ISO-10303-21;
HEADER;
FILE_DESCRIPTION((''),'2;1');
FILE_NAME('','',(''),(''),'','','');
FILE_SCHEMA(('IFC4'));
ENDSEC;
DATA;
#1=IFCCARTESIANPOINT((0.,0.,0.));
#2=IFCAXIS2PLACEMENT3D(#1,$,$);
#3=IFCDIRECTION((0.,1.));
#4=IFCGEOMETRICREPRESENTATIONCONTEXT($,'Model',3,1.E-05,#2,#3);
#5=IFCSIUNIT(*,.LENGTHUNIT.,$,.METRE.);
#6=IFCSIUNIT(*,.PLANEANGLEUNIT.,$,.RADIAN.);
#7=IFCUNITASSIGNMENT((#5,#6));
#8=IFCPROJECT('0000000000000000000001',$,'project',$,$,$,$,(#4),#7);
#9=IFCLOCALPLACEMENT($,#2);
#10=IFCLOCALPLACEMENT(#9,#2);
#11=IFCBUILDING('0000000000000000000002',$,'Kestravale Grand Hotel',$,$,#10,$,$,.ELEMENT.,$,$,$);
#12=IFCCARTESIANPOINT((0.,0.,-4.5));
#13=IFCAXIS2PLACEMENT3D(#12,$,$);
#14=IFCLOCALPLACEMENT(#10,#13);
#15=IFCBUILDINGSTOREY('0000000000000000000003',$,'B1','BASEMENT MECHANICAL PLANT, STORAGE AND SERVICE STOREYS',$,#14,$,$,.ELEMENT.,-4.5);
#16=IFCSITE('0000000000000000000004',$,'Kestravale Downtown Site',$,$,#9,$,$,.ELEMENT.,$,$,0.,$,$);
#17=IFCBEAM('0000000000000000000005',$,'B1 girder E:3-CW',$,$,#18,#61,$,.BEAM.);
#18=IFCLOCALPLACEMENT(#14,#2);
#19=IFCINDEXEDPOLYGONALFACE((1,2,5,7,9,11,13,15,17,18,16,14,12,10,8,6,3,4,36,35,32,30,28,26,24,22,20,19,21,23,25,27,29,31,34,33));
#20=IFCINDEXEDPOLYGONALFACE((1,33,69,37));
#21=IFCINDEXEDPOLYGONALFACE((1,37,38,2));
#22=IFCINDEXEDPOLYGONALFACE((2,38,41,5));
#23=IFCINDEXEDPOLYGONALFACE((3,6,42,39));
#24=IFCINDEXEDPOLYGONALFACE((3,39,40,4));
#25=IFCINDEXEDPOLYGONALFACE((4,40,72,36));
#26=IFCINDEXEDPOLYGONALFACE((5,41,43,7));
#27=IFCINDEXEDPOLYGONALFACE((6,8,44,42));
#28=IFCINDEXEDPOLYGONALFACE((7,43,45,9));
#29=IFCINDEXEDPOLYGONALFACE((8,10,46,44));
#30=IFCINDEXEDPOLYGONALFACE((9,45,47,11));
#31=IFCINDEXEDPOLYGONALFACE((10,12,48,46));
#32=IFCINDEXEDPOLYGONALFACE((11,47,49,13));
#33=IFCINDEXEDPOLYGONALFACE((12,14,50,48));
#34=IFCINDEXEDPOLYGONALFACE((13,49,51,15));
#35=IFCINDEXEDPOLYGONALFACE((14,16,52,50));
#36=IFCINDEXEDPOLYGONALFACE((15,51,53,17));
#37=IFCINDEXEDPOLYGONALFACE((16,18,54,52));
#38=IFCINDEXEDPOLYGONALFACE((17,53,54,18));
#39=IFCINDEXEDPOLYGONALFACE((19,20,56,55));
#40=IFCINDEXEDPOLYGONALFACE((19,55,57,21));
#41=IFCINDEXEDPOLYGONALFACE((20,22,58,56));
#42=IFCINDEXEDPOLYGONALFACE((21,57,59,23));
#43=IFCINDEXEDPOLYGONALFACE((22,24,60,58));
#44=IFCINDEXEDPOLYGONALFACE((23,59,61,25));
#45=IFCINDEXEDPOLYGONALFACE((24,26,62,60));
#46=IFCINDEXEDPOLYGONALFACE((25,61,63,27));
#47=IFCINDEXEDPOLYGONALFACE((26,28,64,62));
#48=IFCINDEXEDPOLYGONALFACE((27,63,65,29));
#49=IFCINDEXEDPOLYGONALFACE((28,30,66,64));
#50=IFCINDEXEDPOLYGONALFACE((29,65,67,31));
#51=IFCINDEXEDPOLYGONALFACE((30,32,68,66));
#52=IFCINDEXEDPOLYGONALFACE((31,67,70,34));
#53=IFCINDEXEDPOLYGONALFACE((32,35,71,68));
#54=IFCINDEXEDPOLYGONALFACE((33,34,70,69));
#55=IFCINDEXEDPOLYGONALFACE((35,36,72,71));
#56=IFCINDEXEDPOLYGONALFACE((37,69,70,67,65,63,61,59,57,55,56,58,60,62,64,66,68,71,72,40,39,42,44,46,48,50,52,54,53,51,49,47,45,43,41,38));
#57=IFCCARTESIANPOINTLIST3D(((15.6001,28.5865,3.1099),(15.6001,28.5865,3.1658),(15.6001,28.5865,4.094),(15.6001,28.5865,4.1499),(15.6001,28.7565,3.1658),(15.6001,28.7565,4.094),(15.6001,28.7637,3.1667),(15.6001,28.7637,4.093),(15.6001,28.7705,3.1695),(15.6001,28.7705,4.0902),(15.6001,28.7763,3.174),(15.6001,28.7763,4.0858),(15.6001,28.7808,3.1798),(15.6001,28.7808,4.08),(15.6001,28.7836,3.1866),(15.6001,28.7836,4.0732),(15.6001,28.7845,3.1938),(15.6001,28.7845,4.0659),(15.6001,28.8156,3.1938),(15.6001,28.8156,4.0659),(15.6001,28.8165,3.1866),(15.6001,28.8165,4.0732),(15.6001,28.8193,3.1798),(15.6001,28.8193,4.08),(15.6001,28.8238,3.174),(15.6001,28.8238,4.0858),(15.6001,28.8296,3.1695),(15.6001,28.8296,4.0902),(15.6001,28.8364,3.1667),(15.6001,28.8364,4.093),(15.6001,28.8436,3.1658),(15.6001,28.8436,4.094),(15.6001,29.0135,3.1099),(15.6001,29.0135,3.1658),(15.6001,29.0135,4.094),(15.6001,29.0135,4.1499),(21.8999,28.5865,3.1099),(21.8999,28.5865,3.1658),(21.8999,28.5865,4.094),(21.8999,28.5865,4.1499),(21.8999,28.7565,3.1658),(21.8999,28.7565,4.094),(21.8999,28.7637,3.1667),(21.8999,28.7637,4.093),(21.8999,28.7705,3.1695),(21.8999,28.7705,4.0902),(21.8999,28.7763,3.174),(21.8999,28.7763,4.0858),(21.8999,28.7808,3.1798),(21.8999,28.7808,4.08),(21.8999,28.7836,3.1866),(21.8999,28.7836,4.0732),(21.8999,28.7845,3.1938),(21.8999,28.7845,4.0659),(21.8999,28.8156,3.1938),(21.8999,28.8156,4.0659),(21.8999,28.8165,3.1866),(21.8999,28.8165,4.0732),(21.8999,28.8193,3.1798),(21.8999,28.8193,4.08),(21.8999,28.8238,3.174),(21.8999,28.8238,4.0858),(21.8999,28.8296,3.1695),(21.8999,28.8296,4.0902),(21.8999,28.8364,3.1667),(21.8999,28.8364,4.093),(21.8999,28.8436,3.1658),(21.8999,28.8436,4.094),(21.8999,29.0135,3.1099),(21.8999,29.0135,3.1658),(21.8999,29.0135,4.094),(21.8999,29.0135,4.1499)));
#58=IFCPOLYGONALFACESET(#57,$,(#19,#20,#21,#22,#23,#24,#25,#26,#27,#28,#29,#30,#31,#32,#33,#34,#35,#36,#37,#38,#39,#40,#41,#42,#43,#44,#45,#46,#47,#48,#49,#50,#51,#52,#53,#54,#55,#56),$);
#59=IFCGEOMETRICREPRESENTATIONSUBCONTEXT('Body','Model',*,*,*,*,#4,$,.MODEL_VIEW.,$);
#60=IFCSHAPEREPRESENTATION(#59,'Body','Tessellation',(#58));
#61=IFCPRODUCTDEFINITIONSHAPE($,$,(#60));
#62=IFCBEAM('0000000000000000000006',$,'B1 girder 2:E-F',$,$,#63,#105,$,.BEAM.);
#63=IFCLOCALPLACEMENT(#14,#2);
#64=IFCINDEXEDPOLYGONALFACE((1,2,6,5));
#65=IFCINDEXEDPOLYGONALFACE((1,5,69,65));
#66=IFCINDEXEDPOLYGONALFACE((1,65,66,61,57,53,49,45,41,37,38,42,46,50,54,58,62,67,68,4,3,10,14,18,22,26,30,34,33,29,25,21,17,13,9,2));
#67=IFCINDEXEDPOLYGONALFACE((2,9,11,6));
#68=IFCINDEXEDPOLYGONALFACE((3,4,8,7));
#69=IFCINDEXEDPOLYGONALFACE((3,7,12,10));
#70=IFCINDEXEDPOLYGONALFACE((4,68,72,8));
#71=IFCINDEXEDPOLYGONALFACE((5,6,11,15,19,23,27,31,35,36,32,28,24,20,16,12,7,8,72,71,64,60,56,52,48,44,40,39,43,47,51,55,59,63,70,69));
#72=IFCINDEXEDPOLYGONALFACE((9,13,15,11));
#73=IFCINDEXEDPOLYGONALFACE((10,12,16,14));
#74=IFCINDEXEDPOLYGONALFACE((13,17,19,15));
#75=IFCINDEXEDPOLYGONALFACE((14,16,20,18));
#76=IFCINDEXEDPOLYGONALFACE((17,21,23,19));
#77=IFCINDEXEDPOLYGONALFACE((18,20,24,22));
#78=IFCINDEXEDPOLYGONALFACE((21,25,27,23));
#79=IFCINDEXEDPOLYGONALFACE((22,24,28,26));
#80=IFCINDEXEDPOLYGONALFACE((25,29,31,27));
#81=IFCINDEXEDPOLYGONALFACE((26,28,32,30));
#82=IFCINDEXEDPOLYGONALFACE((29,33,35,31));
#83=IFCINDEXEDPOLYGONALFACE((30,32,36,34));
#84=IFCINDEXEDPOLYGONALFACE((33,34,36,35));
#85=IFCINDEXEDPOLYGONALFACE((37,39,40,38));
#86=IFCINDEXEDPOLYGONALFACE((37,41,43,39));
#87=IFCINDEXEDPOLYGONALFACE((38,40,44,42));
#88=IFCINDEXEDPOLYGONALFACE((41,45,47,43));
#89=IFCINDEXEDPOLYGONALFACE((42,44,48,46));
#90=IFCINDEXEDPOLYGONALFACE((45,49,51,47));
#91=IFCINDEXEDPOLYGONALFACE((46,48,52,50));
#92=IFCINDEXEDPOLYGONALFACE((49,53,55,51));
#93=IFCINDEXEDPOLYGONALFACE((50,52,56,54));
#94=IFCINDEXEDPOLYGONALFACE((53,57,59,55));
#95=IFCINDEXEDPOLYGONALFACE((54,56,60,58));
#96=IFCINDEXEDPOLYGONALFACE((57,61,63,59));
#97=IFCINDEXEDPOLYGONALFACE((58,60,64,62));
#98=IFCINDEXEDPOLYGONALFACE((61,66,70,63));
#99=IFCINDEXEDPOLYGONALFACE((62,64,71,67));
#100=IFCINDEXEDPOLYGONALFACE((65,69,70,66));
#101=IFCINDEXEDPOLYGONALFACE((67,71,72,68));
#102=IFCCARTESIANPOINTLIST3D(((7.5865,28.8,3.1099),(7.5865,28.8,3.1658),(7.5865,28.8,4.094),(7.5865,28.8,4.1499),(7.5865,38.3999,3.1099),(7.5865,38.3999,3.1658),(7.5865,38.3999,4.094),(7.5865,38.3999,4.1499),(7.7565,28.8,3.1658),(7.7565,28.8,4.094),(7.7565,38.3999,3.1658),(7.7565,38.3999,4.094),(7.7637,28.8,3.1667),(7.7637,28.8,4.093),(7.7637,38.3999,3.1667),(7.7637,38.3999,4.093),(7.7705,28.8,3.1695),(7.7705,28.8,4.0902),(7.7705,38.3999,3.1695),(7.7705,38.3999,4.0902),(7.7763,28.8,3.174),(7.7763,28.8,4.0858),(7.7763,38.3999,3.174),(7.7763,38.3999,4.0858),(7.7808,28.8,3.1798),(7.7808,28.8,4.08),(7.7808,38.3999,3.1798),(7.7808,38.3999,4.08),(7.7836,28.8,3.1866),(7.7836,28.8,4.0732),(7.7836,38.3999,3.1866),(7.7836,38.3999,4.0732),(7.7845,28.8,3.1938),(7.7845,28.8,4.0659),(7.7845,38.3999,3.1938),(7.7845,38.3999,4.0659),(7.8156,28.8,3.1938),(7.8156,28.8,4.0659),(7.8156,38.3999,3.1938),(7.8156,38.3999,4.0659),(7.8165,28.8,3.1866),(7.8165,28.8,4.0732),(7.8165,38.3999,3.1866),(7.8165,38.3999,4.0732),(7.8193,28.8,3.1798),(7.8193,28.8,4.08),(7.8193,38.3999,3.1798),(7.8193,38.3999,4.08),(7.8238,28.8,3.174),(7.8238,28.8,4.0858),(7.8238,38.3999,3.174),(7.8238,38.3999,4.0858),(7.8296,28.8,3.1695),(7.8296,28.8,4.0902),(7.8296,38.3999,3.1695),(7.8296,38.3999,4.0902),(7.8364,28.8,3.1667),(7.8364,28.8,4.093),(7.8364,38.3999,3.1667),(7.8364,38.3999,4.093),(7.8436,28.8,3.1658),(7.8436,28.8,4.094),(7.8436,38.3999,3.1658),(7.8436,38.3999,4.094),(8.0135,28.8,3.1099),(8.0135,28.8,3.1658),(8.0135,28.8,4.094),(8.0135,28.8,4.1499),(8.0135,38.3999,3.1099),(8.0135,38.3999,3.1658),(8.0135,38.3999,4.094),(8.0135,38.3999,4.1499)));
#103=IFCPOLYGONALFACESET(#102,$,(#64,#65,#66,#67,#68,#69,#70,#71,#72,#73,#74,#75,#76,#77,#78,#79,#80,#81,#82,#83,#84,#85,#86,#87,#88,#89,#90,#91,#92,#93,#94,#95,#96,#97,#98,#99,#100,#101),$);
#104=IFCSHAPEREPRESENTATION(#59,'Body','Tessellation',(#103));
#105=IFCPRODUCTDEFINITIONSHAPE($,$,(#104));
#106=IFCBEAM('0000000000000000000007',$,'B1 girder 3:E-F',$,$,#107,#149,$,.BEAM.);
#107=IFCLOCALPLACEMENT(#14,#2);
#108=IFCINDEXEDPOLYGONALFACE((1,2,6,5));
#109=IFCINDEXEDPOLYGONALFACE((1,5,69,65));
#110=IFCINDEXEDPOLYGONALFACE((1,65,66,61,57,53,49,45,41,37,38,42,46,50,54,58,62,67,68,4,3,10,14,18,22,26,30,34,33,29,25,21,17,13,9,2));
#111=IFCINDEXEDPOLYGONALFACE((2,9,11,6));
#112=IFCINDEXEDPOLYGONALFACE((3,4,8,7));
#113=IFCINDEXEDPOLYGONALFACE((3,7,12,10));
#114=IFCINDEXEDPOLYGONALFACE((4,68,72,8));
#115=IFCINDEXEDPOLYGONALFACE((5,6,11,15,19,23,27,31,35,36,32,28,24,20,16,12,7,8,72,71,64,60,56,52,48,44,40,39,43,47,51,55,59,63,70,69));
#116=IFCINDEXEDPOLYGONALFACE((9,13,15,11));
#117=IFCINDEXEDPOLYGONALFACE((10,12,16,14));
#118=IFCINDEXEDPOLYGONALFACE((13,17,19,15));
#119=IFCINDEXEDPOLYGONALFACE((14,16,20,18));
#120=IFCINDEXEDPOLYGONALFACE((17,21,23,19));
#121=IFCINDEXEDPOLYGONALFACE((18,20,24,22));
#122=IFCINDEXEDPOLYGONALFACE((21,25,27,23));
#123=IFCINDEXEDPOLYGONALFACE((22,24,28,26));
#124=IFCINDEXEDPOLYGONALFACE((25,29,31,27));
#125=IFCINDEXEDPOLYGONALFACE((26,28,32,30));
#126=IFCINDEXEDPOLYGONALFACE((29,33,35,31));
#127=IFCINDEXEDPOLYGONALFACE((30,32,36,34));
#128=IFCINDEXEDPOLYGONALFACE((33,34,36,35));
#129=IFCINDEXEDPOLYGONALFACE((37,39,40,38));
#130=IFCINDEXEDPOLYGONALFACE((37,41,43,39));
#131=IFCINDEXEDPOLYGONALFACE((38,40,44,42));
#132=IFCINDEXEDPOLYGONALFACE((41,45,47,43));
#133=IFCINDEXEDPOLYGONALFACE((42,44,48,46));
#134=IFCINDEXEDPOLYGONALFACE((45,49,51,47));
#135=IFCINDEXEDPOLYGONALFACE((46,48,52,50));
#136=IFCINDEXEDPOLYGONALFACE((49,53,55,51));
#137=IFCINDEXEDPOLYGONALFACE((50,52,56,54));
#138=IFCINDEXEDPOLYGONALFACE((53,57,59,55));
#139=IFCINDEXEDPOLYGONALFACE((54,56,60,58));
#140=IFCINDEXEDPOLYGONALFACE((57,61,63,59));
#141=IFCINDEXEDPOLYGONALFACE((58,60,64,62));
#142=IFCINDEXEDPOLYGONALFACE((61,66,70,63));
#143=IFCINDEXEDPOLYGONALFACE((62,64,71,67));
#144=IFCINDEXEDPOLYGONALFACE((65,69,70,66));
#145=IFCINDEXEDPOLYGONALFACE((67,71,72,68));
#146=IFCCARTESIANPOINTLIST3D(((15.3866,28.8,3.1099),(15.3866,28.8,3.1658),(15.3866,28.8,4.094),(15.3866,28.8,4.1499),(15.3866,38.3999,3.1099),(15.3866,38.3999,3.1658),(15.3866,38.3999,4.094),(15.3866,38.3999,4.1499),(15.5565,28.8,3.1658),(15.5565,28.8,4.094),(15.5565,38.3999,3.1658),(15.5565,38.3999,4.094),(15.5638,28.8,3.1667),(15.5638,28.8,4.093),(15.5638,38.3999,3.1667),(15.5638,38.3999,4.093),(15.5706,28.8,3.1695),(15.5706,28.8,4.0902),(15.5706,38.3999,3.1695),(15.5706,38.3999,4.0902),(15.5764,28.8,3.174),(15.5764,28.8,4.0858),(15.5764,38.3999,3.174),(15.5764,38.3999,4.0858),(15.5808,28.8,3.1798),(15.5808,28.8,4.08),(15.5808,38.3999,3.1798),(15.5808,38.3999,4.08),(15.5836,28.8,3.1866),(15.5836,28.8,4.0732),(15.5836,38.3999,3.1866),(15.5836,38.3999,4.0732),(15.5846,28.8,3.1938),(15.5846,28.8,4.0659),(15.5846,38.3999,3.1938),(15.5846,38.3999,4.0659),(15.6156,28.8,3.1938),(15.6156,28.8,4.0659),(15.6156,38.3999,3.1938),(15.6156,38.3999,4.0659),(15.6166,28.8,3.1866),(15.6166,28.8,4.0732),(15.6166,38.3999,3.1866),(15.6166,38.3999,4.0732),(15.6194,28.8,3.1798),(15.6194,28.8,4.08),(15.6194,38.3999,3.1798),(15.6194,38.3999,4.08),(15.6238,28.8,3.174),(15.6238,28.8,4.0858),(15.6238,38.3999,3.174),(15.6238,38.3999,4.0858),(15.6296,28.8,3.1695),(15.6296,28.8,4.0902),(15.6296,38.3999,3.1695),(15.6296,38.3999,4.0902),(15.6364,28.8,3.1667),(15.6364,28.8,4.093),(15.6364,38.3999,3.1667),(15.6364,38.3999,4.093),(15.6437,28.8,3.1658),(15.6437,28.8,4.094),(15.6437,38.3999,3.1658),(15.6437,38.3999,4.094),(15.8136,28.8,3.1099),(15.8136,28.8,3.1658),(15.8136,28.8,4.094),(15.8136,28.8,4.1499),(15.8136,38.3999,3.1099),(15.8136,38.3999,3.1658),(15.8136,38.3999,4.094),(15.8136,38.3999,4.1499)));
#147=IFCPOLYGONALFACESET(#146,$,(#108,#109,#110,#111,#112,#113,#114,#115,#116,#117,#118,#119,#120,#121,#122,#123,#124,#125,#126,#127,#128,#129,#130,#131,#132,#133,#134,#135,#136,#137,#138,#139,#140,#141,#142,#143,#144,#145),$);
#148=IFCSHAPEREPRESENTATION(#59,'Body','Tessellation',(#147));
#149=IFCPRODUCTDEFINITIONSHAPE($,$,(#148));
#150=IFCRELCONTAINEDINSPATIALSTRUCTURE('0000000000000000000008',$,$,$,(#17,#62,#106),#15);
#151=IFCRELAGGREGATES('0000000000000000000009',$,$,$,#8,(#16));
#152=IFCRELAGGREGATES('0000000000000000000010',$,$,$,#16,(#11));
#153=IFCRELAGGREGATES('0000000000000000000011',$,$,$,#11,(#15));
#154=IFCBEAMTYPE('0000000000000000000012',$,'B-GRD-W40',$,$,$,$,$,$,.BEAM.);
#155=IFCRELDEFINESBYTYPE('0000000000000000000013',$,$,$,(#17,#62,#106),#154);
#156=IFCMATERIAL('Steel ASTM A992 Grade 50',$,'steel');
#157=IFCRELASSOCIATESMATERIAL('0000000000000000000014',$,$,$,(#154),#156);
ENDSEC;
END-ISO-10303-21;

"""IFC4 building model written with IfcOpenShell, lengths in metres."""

from ifc_helpers import new_model, si_unit, direction, frame, origin, origin_2d, place, context, subcontext, project, spatial, i_section, extrude, material, material_profile, profile_set, type_object, element, save


model = new_model("IFC4")

# Units and contexts
model_context = context("Model", 3, precision=1e-05, world=origin(), true_north=direction((0.0, 1.0)))
body_context = subcontext(model_context, "Body", "Model", "MODEL_VIEW")
ifc_project = project(units=[si_unit("LENGTHUNIT", "METRE"), si_unit("PLANEANGLEUNIT", "RADIAN")], contexts=[model_context])

# Site, building, storey
site_placement = place(None, origin())
site = spatial("IfcSite", under=ifc_project, at=site_placement, Name="Kestravale Downtown Site", CompositionType="ELEMENT", RefElevation=0.0)
building_placement = place(site_placement, origin())
building = spatial("IfcBuilding", under=site, at=building_placement, Name="Kestravale Grand Hotel", CompositionType="ELEMENT")
storey_placement = place(building_placement, frame((0.0, 0.0, -4.5)))
storey = spatial("IfcBuildingStorey", under=building, at=storey_placement, Name="B1", Description="BASEMENT MECHANICAL PLANT, STORAGE AND SERVICE STOREYS", CompositionType="ELEMENT", Elevation=-4.5)

# Beams
ifc_material_1 = material(Name="Steel ASTM A992 Grade 50", Category="steel")
ifc_material_profile_1 = material_profile(ifc_material_1, i_section(OverallWidth=0.427, OverallDepth=1.04, WebThickness=0.031, FlangeThickness=0.0559, FilletRadius=0.0281, at=origin_2d()))
ifc_profile_set_1 = profile_set([ifc_material_profile_1], Name="Steel ASTM A992 Grade 50")
beam_type_1 = type_object("IfcBeamType", Name="B-GRD-W40", PredefinedType="BEAM", material=ifc_profile_set_1)
beam_placement = place(storey_placement, frame((15.6001, 28.8, 3.6299), z_axis=(1.0, 0.0, 0.0), x_axis=(0.0, 1.0, 0.0)))
element("IfcBeam", 1, at=beam_placement, inside=storey, type_object=beam_type_1, Name="B1 girder E:3-CW", PredefinedType="BEAM", context=body_context, shape_type="SweptSolid", body=[
    extrude(i_section(OverallWidth=0.427, OverallDepth=1.04, WebThickness=0.031, FlangeThickness=0.0559, FilletRadius=0.0281, at=origin_2d()), origin(), (0.0, 0.0, 1.0), 6.2998),
])
for number, where, z_axis, x_axis, name in (
    (2, (7.8, 28.8, 3.6299), (0.0, 1.0, 0.0), (-1.0, 0.0, 0.0), "B1 girder 2:E-F"),
    (3, (15.6001, 28.8, 3.6299), (0.0, 1.0, 0.0), (-1.0, 0.0, 0.0), "B1 girder 3:E-F"),
):
    element("IfcBeam", number, at=place(storey_placement, frame(where, z_axis=z_axis, x_axis=x_axis)), inside=storey, type_object=beam_type_1, Name=name, PredefinedType="BEAM", context=body_context, shape_type="SweptSolid", body=[
        extrude(i_section(OverallWidth=0.427, OverallDepth=1.04, WebThickness=0.031, FlangeThickness=0.0559, FilletRadius=0.0281, at=origin_2d()), origin(), (0.0, 0.0, 1.0), 9.5999),
    ])

save(model, "model.ifc")
